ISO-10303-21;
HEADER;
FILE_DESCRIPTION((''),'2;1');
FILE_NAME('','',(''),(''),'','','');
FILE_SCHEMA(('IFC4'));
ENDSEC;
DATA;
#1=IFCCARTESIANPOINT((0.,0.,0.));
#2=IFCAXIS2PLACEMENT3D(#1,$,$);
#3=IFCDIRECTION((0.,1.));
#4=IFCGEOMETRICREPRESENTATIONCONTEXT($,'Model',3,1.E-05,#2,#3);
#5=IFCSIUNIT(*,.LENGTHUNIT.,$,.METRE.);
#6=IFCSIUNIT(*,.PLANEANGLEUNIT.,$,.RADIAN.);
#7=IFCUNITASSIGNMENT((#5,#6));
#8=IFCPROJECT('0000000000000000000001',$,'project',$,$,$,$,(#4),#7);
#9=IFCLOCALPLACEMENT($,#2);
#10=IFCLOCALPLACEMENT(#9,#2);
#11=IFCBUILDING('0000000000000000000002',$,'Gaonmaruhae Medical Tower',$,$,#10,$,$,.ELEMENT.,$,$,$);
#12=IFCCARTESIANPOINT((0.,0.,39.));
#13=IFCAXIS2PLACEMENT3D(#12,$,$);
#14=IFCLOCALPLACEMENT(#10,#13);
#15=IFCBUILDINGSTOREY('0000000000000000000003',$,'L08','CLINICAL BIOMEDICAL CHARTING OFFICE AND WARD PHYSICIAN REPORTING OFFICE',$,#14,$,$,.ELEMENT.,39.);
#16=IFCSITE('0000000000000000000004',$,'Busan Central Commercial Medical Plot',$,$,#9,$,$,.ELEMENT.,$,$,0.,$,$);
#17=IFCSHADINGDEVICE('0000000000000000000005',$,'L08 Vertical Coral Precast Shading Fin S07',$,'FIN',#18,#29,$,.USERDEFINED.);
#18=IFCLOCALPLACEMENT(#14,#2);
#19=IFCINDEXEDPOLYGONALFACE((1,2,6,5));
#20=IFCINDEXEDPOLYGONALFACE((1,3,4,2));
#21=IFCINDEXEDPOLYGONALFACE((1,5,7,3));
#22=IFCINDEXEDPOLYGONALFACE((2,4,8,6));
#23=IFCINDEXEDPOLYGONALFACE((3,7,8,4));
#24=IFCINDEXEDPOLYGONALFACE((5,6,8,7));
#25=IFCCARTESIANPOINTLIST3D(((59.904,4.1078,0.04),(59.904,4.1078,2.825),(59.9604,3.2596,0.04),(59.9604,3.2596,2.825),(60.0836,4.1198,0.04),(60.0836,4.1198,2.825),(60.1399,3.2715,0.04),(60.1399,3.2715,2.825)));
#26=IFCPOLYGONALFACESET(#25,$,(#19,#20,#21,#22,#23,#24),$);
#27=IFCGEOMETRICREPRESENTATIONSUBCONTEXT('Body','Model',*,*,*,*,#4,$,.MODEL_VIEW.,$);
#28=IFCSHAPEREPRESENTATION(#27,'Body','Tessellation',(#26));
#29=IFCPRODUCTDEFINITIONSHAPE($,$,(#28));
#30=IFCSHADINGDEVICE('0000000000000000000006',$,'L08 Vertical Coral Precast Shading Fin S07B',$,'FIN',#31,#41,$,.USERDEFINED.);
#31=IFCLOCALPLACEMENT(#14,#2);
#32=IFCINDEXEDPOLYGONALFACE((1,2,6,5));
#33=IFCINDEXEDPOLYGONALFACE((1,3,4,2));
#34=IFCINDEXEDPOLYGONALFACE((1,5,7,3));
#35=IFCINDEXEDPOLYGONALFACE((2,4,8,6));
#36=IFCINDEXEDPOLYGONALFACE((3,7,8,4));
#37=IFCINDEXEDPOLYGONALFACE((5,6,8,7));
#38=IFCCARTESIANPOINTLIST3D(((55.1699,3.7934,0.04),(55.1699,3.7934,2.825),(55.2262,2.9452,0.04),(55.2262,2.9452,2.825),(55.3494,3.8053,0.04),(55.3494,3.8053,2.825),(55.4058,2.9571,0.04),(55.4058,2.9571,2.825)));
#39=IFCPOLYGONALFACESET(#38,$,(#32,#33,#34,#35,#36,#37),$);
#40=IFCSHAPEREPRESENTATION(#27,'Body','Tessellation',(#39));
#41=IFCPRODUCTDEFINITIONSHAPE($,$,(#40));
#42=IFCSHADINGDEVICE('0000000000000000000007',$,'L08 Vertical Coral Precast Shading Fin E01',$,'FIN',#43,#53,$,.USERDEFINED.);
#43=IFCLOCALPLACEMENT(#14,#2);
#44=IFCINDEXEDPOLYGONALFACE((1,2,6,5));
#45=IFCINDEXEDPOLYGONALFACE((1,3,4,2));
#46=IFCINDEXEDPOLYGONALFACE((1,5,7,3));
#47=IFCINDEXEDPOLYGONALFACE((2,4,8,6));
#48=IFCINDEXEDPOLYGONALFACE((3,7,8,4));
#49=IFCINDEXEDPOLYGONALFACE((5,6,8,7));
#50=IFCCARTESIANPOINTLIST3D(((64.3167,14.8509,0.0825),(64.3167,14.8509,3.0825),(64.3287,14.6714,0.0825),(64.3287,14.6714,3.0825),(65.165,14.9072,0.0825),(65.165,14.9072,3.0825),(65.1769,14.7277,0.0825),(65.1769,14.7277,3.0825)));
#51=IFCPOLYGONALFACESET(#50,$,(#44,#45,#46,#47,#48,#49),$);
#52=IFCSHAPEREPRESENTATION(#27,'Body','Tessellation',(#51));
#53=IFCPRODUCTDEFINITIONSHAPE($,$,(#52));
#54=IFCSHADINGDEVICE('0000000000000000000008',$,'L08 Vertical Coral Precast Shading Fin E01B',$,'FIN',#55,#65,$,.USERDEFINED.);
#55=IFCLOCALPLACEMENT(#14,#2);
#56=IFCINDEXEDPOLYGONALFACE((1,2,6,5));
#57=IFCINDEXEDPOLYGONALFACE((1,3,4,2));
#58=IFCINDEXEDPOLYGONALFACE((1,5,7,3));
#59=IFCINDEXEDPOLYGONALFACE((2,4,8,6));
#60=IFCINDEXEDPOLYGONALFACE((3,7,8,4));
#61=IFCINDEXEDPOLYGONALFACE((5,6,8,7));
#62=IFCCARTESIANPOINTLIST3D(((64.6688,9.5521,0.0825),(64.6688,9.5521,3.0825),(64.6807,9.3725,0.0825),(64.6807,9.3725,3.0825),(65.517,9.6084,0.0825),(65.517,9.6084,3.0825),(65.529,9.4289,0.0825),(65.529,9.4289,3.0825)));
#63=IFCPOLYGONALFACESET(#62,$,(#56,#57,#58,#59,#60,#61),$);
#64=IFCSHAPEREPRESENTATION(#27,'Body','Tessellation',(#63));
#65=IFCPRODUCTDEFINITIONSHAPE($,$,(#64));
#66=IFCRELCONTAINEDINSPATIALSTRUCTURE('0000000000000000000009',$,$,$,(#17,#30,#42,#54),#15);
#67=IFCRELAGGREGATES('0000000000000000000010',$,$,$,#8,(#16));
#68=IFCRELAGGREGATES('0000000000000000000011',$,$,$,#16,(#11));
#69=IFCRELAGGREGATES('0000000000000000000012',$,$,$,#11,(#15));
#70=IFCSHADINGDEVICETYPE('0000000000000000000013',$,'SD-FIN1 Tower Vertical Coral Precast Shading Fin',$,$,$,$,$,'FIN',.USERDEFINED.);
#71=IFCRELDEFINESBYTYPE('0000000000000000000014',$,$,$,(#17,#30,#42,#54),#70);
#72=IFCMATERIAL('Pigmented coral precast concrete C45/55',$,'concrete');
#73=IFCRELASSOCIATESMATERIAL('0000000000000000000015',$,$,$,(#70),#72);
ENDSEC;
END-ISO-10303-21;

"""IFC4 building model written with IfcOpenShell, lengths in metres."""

from ifc_helpers import new_model, si_unit, direction, frame, origin, origin_2d, place, context, subcontext, project, spatial, rectangle, extrude, material, type_object, element, save


model = new_model("IFC4")

# Units and contexts
model_context = context("Model", 3, precision=1e-05, world=origin(), true_north=direction((0.0, 1.0)))
body_context = subcontext(model_context, "Body", "Model", "MODEL_VIEW")
ifc_project = project(units=[si_unit("LENGTHUNIT", "METRE"), si_unit("PLANEANGLEUNIT", "RADIAN")], contexts=[model_context])

# Site, building, storey
site_placement = place(None, origin())
site = spatial("IfcSite", under=ifc_project, at=site_placement, Name="Busan Central Commercial Medical Plot", CompositionType="ELEMENT", RefElevation=0.0)
building_placement = place(site_placement, origin())
building = spatial("IfcBuilding", under=site, at=building_placement, Name="Gaonmaruhae Medical Tower", CompositionType="ELEMENT")
storey_placement = place(building_placement, frame((0.0, 0.0, 39.0)))
storey = spatial("IfcBuildingStorey", under=building, at=storey_placement, Name="L08", Description="CLINICAL BIOMEDICAL CHARTING OFFICE AND WARD PHYSICIAN REPORTING OFFICE", CompositionType="ELEMENT", Elevation=39.0)

# Shading devices
ifc_material_1 = material(Name="Pigmented coral precast concrete C45/55", Category="concrete")
shading_device_type = type_object("IfcShadingDeviceType", Name="SD-FIN1 Tower Vertical Coral Precast Shading Fin", ElementType="FIN", PredefinedType="USERDEFINED", material=ifc_material_1)
for number, where, z_axis, x_axis, name in (
    (1, (60.022, 3.6897, 0.04), (0.0, 0.0, 1.0), (-0.997801, -0.066274, 0.0), "L08 Vertical Coral Precast Shading Fin S07"),
    (2, (55.2878, 3.3752, 0.04), (0.0, 0.0, 1.0), (-0.997801, -0.066274, 0.0), "L08 Vertical Coral Precast Shading Fin S07B"),
):
    element("IfcShadingDevice", number, at=place(storey_placement, frame(where, z_axis=z_axis, x_axis=x_axis)), inside=storey, type_object=shading_device_type, Name=name, ObjectType="FIN", PredefinedType="USERDEFINED", context=body_context, shape_type="SweptSolid", body=[
        extrude(rectangle(XDim=0.1799, YDim=0.8501, at=origin_2d()), origin(), (0.0, 0.0, 1.0), 2.7849),
    ])
for number, where, z_axis, x_axis, name in (
    (3, (64.7468, 14.7893, 0.0825), (0.0, 0.0, 1.0), (0.066274, -0.997801, 0.0), "L08 Vertical Coral Precast Shading Fin E01"),
    (4, (65.0989, 9.4905, 0.0825), (0.0, 0.0, 1.0), (0.066274, -0.997801, 0.0), "L08 Vertical Coral Precast Shading Fin E01B"),
):
    element("IfcShadingDevice", number, at=place(storey_placement, frame(where, z_axis=z_axis, x_axis=x_axis)), inside=storey, type_object=shading_device_type, Name=name, ObjectType="FIN", PredefinedType="USERDEFINED", context=body_context, shape_type="SweptSolid", body=[
        extrude(rectangle(XDim=0.1799, YDim=0.8501, at=origin_2d()), origin(), (0.0, 0.0, 1.0), 3.0),
    ])

save(model, "model.ifc")
